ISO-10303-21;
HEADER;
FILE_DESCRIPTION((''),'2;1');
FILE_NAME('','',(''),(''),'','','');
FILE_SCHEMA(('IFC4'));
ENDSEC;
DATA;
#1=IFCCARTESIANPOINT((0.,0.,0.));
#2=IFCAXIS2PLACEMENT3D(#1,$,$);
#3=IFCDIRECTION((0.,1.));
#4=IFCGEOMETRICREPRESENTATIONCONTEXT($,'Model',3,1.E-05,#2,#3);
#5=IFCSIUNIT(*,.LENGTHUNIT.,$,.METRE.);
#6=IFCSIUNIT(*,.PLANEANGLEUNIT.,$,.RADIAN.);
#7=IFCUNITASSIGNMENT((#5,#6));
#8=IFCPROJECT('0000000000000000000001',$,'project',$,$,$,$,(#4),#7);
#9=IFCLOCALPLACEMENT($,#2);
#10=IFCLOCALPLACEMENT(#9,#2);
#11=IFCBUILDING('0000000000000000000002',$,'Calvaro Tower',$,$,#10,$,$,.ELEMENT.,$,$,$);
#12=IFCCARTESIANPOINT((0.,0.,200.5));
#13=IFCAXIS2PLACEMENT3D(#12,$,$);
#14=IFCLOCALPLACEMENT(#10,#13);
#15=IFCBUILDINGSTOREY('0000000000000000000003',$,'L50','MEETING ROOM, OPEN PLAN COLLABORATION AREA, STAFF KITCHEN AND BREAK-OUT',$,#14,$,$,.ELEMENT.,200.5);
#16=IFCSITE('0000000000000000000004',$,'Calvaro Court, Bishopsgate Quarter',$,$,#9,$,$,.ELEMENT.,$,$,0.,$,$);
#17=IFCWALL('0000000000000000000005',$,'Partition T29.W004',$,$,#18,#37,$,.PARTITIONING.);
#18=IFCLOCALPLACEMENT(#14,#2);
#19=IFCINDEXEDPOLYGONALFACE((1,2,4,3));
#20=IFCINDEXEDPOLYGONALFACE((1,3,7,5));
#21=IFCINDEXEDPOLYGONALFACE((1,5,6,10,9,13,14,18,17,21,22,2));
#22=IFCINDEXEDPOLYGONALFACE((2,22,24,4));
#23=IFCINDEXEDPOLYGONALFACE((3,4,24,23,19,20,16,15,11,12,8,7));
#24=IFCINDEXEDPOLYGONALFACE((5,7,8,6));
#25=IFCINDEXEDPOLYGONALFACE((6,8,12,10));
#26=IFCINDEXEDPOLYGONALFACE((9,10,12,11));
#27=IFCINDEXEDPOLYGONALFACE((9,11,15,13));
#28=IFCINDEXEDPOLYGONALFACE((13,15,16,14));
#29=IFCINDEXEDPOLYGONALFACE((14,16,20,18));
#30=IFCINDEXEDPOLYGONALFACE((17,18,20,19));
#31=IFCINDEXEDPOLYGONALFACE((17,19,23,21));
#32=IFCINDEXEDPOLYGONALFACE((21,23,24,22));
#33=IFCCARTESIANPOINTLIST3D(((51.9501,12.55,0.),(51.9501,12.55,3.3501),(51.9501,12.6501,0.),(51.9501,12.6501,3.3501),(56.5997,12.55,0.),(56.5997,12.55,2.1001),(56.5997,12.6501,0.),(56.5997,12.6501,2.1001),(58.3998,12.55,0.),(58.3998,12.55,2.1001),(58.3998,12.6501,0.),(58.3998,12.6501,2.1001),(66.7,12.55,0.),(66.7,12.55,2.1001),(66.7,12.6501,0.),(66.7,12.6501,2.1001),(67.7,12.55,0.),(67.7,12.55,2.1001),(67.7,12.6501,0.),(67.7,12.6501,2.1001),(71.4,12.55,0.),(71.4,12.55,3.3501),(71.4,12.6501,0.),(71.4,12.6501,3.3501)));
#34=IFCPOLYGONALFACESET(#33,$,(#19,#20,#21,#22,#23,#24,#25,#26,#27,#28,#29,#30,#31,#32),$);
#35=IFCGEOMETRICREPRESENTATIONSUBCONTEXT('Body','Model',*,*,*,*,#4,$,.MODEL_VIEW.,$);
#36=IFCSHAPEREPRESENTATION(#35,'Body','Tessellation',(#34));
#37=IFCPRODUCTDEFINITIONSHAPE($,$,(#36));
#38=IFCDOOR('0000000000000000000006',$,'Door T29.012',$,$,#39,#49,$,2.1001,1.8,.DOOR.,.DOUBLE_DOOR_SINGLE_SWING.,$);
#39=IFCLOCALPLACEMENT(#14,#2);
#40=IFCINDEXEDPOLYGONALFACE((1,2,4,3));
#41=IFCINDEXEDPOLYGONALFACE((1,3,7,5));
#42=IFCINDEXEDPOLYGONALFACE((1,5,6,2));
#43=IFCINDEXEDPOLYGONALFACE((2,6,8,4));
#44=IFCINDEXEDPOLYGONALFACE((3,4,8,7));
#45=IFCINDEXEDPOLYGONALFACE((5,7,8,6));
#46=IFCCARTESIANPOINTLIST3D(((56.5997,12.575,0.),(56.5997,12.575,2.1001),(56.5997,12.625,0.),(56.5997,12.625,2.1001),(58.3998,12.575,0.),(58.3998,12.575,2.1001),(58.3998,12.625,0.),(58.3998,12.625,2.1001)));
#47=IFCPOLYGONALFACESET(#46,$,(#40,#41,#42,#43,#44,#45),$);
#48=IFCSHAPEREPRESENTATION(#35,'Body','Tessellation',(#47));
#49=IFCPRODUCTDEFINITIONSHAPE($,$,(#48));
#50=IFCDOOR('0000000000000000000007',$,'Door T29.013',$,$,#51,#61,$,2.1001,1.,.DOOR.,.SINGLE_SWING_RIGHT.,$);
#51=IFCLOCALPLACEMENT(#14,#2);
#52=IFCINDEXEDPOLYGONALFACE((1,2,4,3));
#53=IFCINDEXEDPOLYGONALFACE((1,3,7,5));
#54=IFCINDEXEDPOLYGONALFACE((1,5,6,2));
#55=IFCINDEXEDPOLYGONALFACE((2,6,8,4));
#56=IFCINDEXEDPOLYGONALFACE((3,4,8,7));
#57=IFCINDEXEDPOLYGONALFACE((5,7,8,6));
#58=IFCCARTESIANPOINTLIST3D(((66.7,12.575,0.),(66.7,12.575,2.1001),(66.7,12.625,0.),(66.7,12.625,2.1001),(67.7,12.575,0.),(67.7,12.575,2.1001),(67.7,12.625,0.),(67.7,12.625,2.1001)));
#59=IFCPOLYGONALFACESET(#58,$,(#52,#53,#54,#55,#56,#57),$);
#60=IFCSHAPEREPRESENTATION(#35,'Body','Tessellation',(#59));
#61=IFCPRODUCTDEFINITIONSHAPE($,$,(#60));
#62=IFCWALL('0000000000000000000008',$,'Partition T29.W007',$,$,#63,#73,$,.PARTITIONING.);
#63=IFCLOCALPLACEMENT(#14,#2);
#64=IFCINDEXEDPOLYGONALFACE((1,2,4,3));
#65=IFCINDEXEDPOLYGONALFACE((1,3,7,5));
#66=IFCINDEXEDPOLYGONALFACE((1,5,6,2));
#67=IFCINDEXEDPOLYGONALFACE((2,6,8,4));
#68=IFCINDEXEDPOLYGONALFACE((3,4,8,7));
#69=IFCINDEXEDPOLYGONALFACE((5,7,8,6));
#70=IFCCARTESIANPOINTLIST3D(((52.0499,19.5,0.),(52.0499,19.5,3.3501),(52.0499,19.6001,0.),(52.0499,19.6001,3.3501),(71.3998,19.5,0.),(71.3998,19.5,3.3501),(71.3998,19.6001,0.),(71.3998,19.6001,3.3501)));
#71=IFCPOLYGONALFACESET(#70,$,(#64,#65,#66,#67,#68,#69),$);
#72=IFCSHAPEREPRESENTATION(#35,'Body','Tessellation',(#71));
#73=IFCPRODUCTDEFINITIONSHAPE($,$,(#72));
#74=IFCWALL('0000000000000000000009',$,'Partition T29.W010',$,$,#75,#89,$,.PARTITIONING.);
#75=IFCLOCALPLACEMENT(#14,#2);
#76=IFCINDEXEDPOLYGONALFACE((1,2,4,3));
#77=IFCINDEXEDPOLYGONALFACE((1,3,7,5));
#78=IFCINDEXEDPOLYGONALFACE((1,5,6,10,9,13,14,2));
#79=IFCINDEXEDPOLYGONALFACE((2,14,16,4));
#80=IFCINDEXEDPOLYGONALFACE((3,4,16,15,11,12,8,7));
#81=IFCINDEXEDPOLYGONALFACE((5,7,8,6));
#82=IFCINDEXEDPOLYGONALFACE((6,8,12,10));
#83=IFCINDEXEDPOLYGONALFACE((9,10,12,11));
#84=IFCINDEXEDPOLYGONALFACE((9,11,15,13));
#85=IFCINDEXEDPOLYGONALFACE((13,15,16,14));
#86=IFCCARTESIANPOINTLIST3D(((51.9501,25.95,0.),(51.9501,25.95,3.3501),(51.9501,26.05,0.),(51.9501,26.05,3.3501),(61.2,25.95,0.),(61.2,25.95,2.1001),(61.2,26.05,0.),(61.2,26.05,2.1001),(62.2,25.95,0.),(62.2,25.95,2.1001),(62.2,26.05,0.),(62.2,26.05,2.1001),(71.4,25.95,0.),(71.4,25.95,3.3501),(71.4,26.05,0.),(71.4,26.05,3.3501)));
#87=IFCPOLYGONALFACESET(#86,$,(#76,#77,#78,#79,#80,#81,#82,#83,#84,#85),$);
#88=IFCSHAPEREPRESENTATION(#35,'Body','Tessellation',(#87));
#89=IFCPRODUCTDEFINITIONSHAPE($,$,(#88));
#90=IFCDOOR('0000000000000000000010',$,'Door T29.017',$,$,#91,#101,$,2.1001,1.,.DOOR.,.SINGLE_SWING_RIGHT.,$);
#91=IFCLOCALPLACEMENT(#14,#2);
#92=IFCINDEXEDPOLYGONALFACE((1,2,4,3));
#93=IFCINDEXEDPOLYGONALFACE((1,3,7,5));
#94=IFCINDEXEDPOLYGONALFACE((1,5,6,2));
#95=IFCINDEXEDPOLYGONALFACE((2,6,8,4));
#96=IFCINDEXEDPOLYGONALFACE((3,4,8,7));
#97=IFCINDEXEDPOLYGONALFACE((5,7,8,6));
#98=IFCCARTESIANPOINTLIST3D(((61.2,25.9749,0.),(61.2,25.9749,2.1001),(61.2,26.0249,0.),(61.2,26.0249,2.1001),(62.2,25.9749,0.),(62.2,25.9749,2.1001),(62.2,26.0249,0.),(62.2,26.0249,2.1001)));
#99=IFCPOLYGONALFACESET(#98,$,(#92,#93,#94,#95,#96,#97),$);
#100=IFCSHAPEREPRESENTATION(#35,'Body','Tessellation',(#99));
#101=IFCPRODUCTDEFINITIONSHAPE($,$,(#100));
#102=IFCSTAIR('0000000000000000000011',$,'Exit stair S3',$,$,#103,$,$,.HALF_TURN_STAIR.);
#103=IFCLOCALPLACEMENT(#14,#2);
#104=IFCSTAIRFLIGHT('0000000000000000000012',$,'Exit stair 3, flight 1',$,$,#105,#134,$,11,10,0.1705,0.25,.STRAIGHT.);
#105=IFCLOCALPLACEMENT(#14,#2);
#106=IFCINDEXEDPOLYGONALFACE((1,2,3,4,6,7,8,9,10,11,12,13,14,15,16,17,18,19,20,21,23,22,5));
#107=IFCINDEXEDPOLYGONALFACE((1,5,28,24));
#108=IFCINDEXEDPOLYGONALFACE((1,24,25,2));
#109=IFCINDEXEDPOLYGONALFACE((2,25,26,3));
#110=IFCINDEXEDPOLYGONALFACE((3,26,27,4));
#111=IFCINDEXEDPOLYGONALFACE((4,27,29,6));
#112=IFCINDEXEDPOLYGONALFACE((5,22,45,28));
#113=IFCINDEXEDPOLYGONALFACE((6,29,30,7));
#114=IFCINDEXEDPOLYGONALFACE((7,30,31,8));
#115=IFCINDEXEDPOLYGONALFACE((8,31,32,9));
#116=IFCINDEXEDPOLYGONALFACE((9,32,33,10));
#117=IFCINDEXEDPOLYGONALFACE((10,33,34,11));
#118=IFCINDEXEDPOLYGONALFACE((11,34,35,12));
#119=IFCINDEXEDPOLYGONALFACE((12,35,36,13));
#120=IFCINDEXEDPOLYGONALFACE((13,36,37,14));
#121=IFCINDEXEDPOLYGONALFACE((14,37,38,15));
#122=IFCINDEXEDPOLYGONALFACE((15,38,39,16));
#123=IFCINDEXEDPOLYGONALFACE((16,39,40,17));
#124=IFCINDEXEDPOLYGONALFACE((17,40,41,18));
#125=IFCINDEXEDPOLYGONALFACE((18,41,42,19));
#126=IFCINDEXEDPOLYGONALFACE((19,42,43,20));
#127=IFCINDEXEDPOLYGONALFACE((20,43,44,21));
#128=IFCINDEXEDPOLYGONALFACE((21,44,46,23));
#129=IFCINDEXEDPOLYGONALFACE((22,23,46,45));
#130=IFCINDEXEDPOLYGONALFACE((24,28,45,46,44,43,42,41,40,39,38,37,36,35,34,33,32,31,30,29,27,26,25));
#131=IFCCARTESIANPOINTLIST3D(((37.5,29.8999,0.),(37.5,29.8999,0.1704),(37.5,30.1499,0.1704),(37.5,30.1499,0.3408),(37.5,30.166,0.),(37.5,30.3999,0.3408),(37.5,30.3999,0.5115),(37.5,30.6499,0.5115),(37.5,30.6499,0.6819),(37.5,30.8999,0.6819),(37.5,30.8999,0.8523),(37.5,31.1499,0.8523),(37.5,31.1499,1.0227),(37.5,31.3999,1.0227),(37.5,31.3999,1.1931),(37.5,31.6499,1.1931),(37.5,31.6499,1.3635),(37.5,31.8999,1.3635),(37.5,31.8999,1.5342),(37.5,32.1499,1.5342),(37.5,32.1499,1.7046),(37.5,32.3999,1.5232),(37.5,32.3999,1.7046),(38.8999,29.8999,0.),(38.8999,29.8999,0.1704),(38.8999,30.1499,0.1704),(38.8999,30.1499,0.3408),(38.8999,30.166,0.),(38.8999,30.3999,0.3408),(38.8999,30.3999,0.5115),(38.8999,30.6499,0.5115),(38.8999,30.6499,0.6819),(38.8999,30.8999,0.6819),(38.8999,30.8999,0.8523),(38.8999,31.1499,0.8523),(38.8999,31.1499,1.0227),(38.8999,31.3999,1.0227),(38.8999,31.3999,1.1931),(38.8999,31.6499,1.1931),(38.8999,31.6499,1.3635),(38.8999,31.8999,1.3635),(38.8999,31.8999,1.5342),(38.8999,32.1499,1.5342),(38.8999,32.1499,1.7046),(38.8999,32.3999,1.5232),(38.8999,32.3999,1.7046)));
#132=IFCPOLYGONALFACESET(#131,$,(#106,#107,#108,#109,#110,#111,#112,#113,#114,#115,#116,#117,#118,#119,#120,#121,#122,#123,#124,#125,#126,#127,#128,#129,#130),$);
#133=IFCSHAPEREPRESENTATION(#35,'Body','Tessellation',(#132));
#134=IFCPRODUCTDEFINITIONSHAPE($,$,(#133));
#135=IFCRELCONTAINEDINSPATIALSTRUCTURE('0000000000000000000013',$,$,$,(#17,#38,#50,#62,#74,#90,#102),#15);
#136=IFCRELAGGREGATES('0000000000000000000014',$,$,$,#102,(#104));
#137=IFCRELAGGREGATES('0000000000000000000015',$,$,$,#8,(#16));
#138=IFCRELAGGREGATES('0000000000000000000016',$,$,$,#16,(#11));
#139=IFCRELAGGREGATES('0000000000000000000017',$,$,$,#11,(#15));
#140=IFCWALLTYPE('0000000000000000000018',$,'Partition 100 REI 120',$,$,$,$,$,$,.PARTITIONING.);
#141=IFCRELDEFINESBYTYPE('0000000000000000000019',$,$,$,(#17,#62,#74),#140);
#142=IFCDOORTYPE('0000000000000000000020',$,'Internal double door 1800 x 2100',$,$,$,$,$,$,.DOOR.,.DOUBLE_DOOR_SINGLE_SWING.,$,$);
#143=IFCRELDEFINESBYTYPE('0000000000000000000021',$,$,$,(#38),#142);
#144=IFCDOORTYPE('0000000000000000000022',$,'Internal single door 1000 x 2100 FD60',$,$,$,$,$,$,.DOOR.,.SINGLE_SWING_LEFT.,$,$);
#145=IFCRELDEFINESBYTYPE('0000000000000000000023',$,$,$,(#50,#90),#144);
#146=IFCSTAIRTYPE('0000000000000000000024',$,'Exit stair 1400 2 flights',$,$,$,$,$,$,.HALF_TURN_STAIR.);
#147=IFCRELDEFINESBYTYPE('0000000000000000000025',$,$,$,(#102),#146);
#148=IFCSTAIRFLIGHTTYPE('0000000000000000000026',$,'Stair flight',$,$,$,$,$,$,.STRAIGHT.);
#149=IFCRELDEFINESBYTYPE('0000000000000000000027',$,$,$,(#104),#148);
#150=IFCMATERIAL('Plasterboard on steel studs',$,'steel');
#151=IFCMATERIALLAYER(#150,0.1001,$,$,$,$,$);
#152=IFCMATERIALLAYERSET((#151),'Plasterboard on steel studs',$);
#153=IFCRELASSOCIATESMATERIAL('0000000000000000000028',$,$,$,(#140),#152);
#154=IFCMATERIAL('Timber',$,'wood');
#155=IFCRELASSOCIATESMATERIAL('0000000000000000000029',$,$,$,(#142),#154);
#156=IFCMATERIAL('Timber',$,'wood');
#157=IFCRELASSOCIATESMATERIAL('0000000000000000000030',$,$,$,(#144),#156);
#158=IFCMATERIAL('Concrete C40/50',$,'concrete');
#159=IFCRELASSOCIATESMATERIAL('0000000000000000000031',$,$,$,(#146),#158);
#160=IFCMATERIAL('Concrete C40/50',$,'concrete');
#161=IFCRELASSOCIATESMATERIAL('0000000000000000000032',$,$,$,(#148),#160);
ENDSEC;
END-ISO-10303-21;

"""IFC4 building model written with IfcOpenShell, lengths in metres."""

from ifc_helpers import new_model, si_unit, direction, frame, frame_2d, origin, place, context, subcontext, project, spatial, polyline, rectangle, outline, extrude, material, layer, layer_set, type_object, element, fill, aggregate, save


model = new_model("IFC4")

# Units and contexts
model_context = context("Model", 3, precision=1e-05, world=origin(), true_north=direction((0.0, 1.0)))
body_context = subcontext(model_context, "Body", "Model", "MODEL_VIEW")
ifc_project = project(units=[si_unit("LENGTHUNIT", "METRE"), si_unit("PLANEANGLEUNIT", "RADIAN")], contexts=[model_context])

# Site, building, storey
site_placement = place(None, origin())
site = spatial("IfcSite", under=ifc_project, at=site_placement, Name="Calvaro Court, Bishopsgate Quarter", CompositionType="ELEMENT", RefElevation=0.0)
building_placement = place(site_placement, origin())
building = spatial("IfcBuilding", under=site, at=building_placement, Name="Calvaro Tower", CompositionType="ELEMENT")
storey_placement = place(building_placement, frame((0.0, 0.0, 200.5)))
storey = spatial("IfcBuildingStorey", under=building, at=storey_placement, Name="L50", Description="MEETING ROOM, OPEN PLAN COLLABORATION AREA, STAFF KITCHEN AND BREAK-OUT", CompositionType="ELEMENT", Elevation=200.5)

# Wall, openings, doors
ifc_material_1 = material(Name="Plasterboard on steel studs", Category="steel")
ifc_layer_1 = layer(ifc_material_1, 0.1001)
ifc_layer_set_1 = layer_set([ifc_layer_1], Name="Plasterboard on steel studs")
wall_type_1 = type_object("IfcWallType", Name="Partition 100 REI 120", PredefinedType="PARTITIONING", material=ifc_layer_set_1)
wall_1_placement = place(storey_placement, frame((51.95, 12.6001, 0.0), z_axis=(0.0, 0.0, 1.0), x_axis=(1.0, 0.0, 0.0)))
wall_1 = element("IfcWall", 1, at=wall_1_placement, inside=storey, type_object=wall_type_1, Name="Partition T29.W004", PredefinedType="PARTITIONING", context=body_context, shape_type="SweptSolid", body=[
    extrude(rectangle(XDim=19.45, YDim=0.1001, at=frame_2d((9.7251, 0.0))), origin(), (0.0, 0.0, 1.0), 3.3501),
])
opening_1_placement = place(wall_1_placement, frame((4.6499, 0.0, 0.0)))
opening_1 = element("IfcOpeningElement", 2, at=opening_1_placement, cuts=wall_1, PredefinedType="OPENING", context=body_context, shape_type="SweptSolid", body=[
    extrude(rectangle(XDim=1.8, YDim=2.1001, at=frame_2d((0.8999, 1.05))), frame((0.0, 0.0601, 0.0), z_axis=(0.0, -1.0, 0.0), x_axis=(1.0, 0.0, 0.0)), (0.0, 0.0, 1.0), 0.1201),
])
opening_2_placement = place(wall_1_placement, frame((14.75, 0.0, 0.0)))
opening_2 = element("IfcOpeningElement", 3, at=opening_2_placement, cuts=wall_1, PredefinedType="OPENING", context=body_context, shape_type="SweptSolid", body=[
    extrude(rectangle(XDim=1.0, YDim=2.1001, at=frame_2d((0.5, 1.05))), frame((0.0, 0.0601, 0.0), z_axis=(0.0, -1.0, 0.0), x_axis=(1.0, 0.0, 0.0)), (0.0, 0.0, 1.0), 0.1201),
])
ifc_material_2 = material(Name="Timber", Category="wood")
door_type_1 = type_object("IfcDoorType", Name="Internal double door 1800 x 2100", OperationType="DOUBLE_DOOR_SINGLE_SWING", PredefinedType="DOOR", material=ifc_material_2)
door_1_placement = place(opening_1_placement, origin())
door_1 = element("IfcDoor", 4, at=door_1_placement, inside=storey, type_object=door_type_1, Name="Door T29.012", OperationType="DOUBLE_DOOR_SINGLE_SWING", OverallHeight=2.1001, OverallWidth=1.8, PredefinedType="DOOR", context=body_context, shape_type="SweptSolid", body=[
    extrude(rectangle(XDim=1.8, YDim=2.1001, at=frame_2d((0.8999, 1.05))), frame((0.0, 0.0249, 0.0), z_axis=(0.0, -1.0, 0.0), x_axis=(1.0, 0.0, 0.0)), (0.0, 0.0, 1.0), 0.05),
])
fill(opening_1, door_1)
ifc_material_3 = material(Name="Timber", Category="wood")
door_type_2 = type_object("IfcDoorType", Name="Internal single door 1000 x 2100 FD60", OperationType="SINGLE_SWING_LEFT", PredefinedType="DOOR", material=ifc_material_3)
door_2_placement = place(opening_2_placement, origin())
door_2 = element("IfcDoor", 5, at=door_2_placement, inside=storey, type_object=door_type_2, Name="Door T29.013", OperationType="SINGLE_SWING_RIGHT", OverallHeight=2.1001, OverallWidth=1.0, PredefinedType="DOOR", context=body_context, shape_type="SweptSolid", body=[
    extrude(rectangle(XDim=1.0, YDim=2.1001, at=frame_2d((0.5, 1.05))), frame((0.0, 0.0249, 0.0), z_axis=(0.0, -1.0, 0.0), x_axis=(1.0, 0.0, 0.0)), (0.0, 0.0, 1.0), 0.05),
])
fill(opening_2, door_2)

# Wall
wall_2_placement = place(storey_placement, frame((52.05, 19.55, 0.0), z_axis=(0.0, 0.0, 1.0), x_axis=(1.0, 0.0, 0.0)))
element("IfcWall", 6, at=wall_2_placement, inside=storey, type_object=wall_type_1, Name="Partition T29.W007", PredefinedType="PARTITIONING", context=body_context, shape_type="SweptSolid", body=[
    extrude(rectangle(XDim=19.3499, YDim=0.1001, at=frame_2d((9.6748, 0.0))), origin(), (0.0, 0.0, 1.0), 3.3501),
])

# Wall, opening, door
wall_3_placement = place(storey_placement, frame((51.95, 26.0, 0.0), z_axis=(0.0, 0.0, 1.0), x_axis=(1.0, 0.0, 0.0)))
wall_3 = element("IfcWall", 7, at=wall_3_placement, inside=storey, type_object=wall_type_1, Name="Partition T29.W010", PredefinedType="PARTITIONING", context=body_context, shape_type="SweptSolid", body=[
    extrude(rectangle(XDim=19.45, YDim=0.1001, at=frame_2d((9.7251, 0.0))), origin(), (0.0, 0.0, 1.0), 3.3501),
])
opening_3_placement = place(wall_3_placement, frame((9.25, 0.0, 0.0)))
opening_3 = element("IfcOpeningElement", 8, at=opening_3_placement, cuts=wall_3, PredefinedType="OPENING", context=body_context, shape_type="SweptSolid", body=[
    extrude(rectangle(XDim=1.0, YDim=2.1001, at=frame_2d((0.5, 1.05))), frame((0.0, 0.0601, 0.0), z_axis=(0.0, -1.0, 0.0), x_axis=(1.0, 0.0, 0.0)), (0.0, 0.0, 1.0), 0.1201),
])
door_3_placement = place(opening_3_placement, origin())
door_3 = element("IfcDoor", 9, at=door_3_placement, inside=storey, type_object=door_type_2, Name="Door T29.017", OperationType="SINGLE_SWING_RIGHT", OverallHeight=2.1001, OverallWidth=1.0, PredefinedType="DOOR", context=body_context, shape_type="SweptSolid", body=[
    extrude(rectangle(XDim=1.0, YDim=2.1001, at=frame_2d((0.5, 1.05))), frame((0.0, 0.0249, 0.0), z_axis=(0.0, -1.0, 0.0), x_axis=(1.0, 0.0, 0.0)), (0.0, 0.0, 1.0), 0.05),
])
fill(opening_3, door_3)

# Stair, stair flight
ifc_material_4 = material(Name="Concrete C40/50", Category="concrete")
stair_type = type_object("IfcStairType", Name="Exit stair 1400 2 flights", PredefinedType="HALF_TURN_STAIR", material=ifc_material_4)
stair_placement = place(storey_placement, origin())
stair = element("IfcStair", 10, at=stair_placement, inside=storey, type_object=stair_type, Name="Exit stair S3", PredefinedType="HALF_TURN_STAIR")
ifc_material_5 = material(Name="Concrete C40/50", Category="concrete")
stair_flight_type = type_object("IfcStairFlightType", Name="Stair flight", PredefinedType="STRAIGHT", material=ifc_material_5)
stair_flight_placement = place(storey_placement, frame((38.2, 29.8999, 0.0), z_axis=(0.0, 0.0, 1.0), x_axis=(0.0, 1.0, 0.0)))
stair_flight = element("IfcStairFlight", 11, at=stair_flight_placement, type_object=stair_flight_type, Name="Exit stair 3, flight 1", NumberOfRisers=11, NumberOfTreads=10, PredefinedType="STRAIGHT", RiserHeight=0.1705, TreadLength=0.25, context=body_context, shape_type="SweptSolid", body=[
    extrude(outline(polyline([(0.0, 0.0), (0.0, 0.1704), (0.25, 0.1704), (0.25, 0.3408), (0.5, 0.3408), (0.5, 0.5115), (0.75, 0.5115), (0.75, 0.6819), (1.0, 0.6819), (1.0, 0.8523), (1.25, 0.8523), (1.25, 1.0227), (1.5, 1.0227), (1.5, 1.1931), (1.75, 1.1931), (1.75, 1.3635), (2.0, 1.3635), (2.0, 1.5342), (2.25, 1.5342), (2.25, 1.7046), (2.5, 1.7046), (2.5, 1.875), (2.5, 1.5232), (0.2661, 0.0), (0.0, 0.0)])), frame((0.0, 0.7, 0.0), z_axis=(0.0, -1.0, 0.0), x_axis=(1.0, 0.0, 0.0)), (0.0, 0.0, 1.0), 1.3999),
])
aggregate(stair, [stair_flight])

save(model, "model.ifc")
